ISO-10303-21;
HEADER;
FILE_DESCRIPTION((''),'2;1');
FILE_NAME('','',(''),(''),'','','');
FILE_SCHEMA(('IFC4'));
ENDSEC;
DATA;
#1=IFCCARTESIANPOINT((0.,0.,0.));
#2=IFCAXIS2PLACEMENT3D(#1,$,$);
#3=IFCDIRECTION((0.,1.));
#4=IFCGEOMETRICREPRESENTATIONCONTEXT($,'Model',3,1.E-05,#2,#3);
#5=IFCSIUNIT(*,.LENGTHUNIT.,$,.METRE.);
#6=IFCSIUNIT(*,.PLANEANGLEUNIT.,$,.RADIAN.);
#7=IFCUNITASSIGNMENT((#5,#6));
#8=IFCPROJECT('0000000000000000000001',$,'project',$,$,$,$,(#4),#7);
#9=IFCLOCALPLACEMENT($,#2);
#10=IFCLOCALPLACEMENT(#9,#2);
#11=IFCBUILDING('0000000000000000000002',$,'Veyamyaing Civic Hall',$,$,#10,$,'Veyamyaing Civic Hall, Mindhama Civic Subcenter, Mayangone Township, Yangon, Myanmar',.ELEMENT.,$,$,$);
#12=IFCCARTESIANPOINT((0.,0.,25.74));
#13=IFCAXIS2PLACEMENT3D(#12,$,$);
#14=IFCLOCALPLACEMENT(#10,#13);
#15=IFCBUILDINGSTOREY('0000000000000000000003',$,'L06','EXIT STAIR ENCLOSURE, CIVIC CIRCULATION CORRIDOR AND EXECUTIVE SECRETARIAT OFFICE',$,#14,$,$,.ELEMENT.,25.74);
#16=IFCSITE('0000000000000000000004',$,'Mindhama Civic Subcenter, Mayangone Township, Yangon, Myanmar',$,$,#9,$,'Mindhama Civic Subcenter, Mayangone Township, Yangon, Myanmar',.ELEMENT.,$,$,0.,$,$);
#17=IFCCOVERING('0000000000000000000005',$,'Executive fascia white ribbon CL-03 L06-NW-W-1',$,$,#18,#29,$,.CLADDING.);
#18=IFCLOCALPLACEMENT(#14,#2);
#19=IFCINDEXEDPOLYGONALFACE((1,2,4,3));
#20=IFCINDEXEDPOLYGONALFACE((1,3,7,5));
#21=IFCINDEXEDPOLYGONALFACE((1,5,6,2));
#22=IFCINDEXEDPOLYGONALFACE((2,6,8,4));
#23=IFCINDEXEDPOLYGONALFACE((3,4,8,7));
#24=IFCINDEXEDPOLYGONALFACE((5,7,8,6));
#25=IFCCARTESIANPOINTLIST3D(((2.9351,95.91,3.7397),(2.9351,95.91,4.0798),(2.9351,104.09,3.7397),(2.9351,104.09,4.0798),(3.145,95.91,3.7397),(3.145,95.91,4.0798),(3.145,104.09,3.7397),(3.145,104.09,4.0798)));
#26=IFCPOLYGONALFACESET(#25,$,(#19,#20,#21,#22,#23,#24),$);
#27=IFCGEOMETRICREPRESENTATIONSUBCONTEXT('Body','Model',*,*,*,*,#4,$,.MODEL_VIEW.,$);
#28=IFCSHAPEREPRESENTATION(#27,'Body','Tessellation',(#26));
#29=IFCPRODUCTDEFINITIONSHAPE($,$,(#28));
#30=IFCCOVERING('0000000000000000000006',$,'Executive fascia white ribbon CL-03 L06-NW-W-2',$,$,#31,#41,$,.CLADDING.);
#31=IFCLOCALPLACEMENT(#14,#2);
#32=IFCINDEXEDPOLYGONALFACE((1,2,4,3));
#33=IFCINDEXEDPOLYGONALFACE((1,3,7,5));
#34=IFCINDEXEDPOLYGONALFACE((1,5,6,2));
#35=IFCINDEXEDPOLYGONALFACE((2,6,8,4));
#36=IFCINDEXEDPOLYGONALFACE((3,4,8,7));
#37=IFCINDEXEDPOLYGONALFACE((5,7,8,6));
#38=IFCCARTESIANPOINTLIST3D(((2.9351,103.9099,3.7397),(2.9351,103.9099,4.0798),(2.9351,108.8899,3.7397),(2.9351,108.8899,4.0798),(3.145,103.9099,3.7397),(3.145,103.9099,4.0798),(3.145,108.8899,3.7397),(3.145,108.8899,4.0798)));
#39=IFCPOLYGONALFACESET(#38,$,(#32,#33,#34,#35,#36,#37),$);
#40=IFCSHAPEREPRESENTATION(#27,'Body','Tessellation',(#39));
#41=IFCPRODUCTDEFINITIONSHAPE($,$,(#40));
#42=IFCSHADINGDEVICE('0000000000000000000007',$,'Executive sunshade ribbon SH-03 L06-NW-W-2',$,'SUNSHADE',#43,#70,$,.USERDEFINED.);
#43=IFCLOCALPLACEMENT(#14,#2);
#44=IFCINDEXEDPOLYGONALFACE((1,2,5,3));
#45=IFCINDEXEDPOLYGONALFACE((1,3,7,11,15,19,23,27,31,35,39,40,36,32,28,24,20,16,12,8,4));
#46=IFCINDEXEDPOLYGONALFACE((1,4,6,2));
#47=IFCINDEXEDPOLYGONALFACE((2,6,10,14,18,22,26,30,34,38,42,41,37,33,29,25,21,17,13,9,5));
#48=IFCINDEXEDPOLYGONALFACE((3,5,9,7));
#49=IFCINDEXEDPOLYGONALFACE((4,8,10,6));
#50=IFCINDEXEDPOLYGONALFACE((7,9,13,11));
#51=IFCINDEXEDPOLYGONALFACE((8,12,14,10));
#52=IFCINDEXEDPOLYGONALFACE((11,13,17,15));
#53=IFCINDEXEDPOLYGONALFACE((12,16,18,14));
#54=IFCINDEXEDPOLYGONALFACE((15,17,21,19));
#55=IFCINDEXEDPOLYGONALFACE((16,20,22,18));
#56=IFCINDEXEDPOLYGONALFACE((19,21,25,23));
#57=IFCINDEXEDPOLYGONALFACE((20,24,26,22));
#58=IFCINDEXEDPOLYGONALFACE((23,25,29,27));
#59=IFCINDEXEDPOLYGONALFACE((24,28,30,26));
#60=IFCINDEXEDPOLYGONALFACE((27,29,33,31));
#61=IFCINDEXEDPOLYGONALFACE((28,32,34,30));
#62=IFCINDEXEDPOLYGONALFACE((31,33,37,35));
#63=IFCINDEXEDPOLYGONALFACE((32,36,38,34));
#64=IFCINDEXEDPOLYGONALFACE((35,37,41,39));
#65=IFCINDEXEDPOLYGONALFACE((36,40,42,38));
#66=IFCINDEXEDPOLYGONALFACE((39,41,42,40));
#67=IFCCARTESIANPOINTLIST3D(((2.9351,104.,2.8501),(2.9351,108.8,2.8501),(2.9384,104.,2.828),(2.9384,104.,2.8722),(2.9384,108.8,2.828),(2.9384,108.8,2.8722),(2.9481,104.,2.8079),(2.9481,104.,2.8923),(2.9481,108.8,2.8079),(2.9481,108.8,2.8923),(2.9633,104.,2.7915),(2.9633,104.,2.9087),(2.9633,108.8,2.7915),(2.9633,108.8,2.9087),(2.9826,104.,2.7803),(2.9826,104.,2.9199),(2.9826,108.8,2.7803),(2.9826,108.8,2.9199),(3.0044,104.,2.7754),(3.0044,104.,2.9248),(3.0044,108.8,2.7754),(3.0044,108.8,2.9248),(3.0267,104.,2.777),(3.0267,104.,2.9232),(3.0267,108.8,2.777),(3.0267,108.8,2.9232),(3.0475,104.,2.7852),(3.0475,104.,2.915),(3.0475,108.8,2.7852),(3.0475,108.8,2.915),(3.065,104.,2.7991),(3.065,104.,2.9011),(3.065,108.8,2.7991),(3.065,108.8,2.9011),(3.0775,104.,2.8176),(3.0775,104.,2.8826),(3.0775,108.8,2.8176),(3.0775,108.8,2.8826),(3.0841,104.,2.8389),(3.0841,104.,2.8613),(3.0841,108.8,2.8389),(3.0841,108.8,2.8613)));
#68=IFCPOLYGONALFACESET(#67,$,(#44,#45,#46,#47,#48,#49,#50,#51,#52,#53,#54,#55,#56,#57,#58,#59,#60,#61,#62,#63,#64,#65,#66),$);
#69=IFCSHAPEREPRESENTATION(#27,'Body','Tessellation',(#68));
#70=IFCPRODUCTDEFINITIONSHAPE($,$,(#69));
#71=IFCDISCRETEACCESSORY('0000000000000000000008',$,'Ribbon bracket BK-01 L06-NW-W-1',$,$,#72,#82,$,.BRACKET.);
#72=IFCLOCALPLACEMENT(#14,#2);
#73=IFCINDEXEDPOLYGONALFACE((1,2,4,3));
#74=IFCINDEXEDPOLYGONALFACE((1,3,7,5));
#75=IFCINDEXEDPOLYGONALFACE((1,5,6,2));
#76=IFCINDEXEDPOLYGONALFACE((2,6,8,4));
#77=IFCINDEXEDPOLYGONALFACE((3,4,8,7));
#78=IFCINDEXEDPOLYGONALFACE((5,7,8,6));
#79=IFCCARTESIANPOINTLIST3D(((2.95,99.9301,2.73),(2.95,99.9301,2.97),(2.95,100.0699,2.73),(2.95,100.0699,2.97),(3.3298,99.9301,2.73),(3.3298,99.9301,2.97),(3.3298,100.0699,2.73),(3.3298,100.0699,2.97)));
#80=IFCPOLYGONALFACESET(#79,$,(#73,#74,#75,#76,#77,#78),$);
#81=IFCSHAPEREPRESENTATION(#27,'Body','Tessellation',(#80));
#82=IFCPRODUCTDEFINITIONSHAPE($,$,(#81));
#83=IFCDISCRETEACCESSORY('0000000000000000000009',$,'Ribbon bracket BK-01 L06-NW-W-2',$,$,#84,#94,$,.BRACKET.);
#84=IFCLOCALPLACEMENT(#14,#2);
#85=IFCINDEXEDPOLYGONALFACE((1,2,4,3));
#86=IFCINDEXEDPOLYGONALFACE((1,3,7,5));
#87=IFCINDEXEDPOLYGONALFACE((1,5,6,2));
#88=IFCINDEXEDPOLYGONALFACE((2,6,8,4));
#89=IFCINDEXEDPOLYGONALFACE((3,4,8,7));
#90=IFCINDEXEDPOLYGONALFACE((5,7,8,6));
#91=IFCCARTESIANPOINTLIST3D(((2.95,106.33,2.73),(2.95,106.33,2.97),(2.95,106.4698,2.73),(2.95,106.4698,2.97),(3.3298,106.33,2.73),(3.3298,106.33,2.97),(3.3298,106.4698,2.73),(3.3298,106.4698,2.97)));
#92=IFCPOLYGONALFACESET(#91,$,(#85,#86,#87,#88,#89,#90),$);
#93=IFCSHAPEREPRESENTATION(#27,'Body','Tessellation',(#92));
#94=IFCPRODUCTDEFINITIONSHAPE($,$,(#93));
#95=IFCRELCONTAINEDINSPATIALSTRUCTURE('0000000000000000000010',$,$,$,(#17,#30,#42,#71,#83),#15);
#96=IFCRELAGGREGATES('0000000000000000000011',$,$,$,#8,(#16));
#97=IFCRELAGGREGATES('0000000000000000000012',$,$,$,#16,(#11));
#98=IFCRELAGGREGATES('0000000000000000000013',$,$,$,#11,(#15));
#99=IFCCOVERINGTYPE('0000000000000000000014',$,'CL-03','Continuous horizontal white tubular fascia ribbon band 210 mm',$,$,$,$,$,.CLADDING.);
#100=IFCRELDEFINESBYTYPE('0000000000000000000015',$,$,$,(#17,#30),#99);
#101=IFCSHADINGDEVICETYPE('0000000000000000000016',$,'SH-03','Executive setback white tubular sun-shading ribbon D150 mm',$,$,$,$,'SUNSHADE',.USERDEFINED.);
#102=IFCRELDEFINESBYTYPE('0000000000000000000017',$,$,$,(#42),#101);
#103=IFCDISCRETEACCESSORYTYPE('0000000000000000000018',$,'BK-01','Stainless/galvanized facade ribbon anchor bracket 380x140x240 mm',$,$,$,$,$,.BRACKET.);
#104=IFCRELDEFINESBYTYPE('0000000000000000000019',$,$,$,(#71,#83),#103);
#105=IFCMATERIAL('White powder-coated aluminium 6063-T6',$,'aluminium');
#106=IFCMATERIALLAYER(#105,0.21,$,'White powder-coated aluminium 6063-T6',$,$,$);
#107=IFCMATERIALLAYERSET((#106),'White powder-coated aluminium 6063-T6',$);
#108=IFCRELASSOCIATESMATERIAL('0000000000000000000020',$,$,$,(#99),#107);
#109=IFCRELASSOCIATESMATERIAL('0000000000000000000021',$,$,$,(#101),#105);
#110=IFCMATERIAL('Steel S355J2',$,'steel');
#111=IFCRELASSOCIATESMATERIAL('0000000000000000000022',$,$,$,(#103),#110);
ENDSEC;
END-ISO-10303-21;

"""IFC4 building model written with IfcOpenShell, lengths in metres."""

from ifc_helpers import new_model, si_unit, direction, frame, origin, origin_2d, place, context, subcontext, project, spatial, rectangle, circle, extrude, material, layer, layer_set, material_profile, profile_set, type_object, element, save


model = new_model("IFC4")

# Units and contexts
model_context = context("Model", 3, precision=1e-05, world=origin(), true_north=direction((0.0, 1.0)))
body_context = subcontext(model_context, "Body", "Model", "MODEL_VIEW")
ifc_project = project(units=[si_unit("LENGTHUNIT", "METRE"), si_unit("PLANEANGLEUNIT", "RADIAN")], contexts=[model_context])

# Site, building, storey
site_placement = place(None, origin())
site = spatial("IfcSite", under=ifc_project, at=site_placement, Name="Mindhama Civic Subcenter, Mayangone Township, Yangon, Myanmar", LongName="Mindhama Civic Subcenter, Mayangone Township, Yangon, Myanmar", CompositionType="ELEMENT", RefElevation=0.0)
building_placement = place(site_placement, origin())
building = spatial("IfcBuilding", under=site, at=building_placement, Name="Veyamyaing Civic Hall", LongName="Veyamyaing Civic Hall, Mindhama Civic Subcenter, Mayangone Township, Yangon, Myanmar", CompositionType="ELEMENT")
storey_placement = place(building_placement, frame((0.0, 0.0, 25.74)))
storey = spatial("IfcBuildingStorey", under=building, at=storey_placement, Name="L06", Description="EXIT STAIR ENCLOSURE, CIVIC CIRCULATION CORRIDOR AND EXECUTIVE SECRETARIAT OFFICE", CompositionType="ELEMENT", Elevation=25.74)

# Coverings
ifc_material_1 = material(Name="White powder-coated aluminium 6063-T6", Category="aluminium")
ifc_layer_1 = layer(ifc_material_1, 0.21, Name="White powder-coated aluminium 6063-T6")
ifc_layer_set_1 = layer_set([ifc_layer_1], Name="White powder-coated aluminium 6063-T6")
covering_type = type_object("IfcCoveringType", Name="CL-03", Description="Continuous horizontal white tubular fascia ribbon band 210 mm", PredefinedType="CLADDING", material=ifc_layer_set_1)
covering_1_placement = place(storey_placement, frame((3.04, 100.0, 3.7397), z_axis=(0.0, 0.0, 1.0), x_axis=(0.0, 1.0, 0.0)))
element("IfcCovering", 1, at=covering_1_placement, inside=storey, type_object=covering_type, Name="Executive fascia white ribbon CL-03 L06-NW-W-1", PredefinedType="CLADDING", context=body_context, shape_type="SweptSolid", body=[
    extrude(rectangle(XDim=8.1799, YDim=0.21, at=origin_2d()), origin(), (0.0, 0.0, 1.0), 0.3401),
])
covering_2_placement = place(storey_placement, frame((3.04, 106.3999, 3.7397), z_axis=(0.0, 0.0, 1.0), x_axis=(0.0, 1.0, 0.0)))
element("IfcCovering", 2, at=covering_2_placement, inside=storey, type_object=covering_type, Name="Executive fascia white ribbon CL-03 L06-NW-W-2", PredefinedType="CLADDING", context=body_context, shape_type="SweptSolid", body=[
    extrude(rectangle(XDim=4.98, YDim=0.21, at=origin_2d()), origin(), (0.0, 0.0, 1.0), 0.3401),
])

# Shading device
ifc_material_profile_1 = material_profile(ifc_material_1, circle(Radius=0.075, at=origin_2d()), Name="SHADE-TUBE-150")
ifc_profile_set_1 = profile_set([ifc_material_profile_1], Name="White powder-coated aluminium 6063-T6")
shading_device_type = type_object("IfcShadingDeviceType", Name="SH-03", Description="Executive setback white tubular sun-shading ribbon D150 mm", ElementType="SUNSHADE", PredefinedType="USERDEFINED", material=ifc_profile_set_1)
shading_device_placement = place(storey_placement, frame((3.01, 104.0, 2.8501), z_axis=(0.0, 1.0, 0.0), x_axis=(-1.0, 0.0, 0.0)))
element("IfcShadingDevice", 3, at=shading_device_placement, inside=storey, type_object=shading_device_type, Name="Executive sunshade ribbon SH-03 L06-NW-W-2", ObjectType="SUNSHADE", PredefinedType="USERDEFINED", context=body_context, shape_type="SweptSolid", body=[
    extrude(circle(Radius=0.075, at=origin_2d()), origin(), (0.0, 0.0, 1.0), 4.8),
])

# Discrete accessories
ifc_material_2 = material(Name="Steel S355J2", Category="steel")
discrete_accessory_type = type_object("IfcDiscreteAccessoryType", Name="BK-01", Description="Stainless/galvanized facade ribbon anchor bracket 380x140x240 mm", PredefinedType="BRACKET", material=ifc_material_2)
for number, where, z_axis, x_axis, name in (
    (4, (3.1399, 100.0, 2.73), (0.0, 0.0, 1.0), (-1.0, 0.0, 0.0), "Ribbon bracket BK-01 L06-NW-W-1"),
    (5, (3.1399, 106.3999, 2.73), (0.0, 0.0, 1.0), (-1.0, 0.0, 0.0), "Ribbon bracket BK-01 L06-NW-W-2"),
):
    element("IfcDiscreteAccessory", number, at=place(storey_placement, frame(where, z_axis=z_axis, x_axis=x_axis)), inside=storey, type_object=discrete_accessory_type, Name=name, PredefinedType="BRACKET", context=body_context, shape_type="SweptSolid", body=[
        extrude(rectangle(XDim=0.3799, YDim=0.1399, at=origin_2d()), origin(), (0.0, 0.0, 1.0), 0.24),
    ])

save(model, "model.ifc")
